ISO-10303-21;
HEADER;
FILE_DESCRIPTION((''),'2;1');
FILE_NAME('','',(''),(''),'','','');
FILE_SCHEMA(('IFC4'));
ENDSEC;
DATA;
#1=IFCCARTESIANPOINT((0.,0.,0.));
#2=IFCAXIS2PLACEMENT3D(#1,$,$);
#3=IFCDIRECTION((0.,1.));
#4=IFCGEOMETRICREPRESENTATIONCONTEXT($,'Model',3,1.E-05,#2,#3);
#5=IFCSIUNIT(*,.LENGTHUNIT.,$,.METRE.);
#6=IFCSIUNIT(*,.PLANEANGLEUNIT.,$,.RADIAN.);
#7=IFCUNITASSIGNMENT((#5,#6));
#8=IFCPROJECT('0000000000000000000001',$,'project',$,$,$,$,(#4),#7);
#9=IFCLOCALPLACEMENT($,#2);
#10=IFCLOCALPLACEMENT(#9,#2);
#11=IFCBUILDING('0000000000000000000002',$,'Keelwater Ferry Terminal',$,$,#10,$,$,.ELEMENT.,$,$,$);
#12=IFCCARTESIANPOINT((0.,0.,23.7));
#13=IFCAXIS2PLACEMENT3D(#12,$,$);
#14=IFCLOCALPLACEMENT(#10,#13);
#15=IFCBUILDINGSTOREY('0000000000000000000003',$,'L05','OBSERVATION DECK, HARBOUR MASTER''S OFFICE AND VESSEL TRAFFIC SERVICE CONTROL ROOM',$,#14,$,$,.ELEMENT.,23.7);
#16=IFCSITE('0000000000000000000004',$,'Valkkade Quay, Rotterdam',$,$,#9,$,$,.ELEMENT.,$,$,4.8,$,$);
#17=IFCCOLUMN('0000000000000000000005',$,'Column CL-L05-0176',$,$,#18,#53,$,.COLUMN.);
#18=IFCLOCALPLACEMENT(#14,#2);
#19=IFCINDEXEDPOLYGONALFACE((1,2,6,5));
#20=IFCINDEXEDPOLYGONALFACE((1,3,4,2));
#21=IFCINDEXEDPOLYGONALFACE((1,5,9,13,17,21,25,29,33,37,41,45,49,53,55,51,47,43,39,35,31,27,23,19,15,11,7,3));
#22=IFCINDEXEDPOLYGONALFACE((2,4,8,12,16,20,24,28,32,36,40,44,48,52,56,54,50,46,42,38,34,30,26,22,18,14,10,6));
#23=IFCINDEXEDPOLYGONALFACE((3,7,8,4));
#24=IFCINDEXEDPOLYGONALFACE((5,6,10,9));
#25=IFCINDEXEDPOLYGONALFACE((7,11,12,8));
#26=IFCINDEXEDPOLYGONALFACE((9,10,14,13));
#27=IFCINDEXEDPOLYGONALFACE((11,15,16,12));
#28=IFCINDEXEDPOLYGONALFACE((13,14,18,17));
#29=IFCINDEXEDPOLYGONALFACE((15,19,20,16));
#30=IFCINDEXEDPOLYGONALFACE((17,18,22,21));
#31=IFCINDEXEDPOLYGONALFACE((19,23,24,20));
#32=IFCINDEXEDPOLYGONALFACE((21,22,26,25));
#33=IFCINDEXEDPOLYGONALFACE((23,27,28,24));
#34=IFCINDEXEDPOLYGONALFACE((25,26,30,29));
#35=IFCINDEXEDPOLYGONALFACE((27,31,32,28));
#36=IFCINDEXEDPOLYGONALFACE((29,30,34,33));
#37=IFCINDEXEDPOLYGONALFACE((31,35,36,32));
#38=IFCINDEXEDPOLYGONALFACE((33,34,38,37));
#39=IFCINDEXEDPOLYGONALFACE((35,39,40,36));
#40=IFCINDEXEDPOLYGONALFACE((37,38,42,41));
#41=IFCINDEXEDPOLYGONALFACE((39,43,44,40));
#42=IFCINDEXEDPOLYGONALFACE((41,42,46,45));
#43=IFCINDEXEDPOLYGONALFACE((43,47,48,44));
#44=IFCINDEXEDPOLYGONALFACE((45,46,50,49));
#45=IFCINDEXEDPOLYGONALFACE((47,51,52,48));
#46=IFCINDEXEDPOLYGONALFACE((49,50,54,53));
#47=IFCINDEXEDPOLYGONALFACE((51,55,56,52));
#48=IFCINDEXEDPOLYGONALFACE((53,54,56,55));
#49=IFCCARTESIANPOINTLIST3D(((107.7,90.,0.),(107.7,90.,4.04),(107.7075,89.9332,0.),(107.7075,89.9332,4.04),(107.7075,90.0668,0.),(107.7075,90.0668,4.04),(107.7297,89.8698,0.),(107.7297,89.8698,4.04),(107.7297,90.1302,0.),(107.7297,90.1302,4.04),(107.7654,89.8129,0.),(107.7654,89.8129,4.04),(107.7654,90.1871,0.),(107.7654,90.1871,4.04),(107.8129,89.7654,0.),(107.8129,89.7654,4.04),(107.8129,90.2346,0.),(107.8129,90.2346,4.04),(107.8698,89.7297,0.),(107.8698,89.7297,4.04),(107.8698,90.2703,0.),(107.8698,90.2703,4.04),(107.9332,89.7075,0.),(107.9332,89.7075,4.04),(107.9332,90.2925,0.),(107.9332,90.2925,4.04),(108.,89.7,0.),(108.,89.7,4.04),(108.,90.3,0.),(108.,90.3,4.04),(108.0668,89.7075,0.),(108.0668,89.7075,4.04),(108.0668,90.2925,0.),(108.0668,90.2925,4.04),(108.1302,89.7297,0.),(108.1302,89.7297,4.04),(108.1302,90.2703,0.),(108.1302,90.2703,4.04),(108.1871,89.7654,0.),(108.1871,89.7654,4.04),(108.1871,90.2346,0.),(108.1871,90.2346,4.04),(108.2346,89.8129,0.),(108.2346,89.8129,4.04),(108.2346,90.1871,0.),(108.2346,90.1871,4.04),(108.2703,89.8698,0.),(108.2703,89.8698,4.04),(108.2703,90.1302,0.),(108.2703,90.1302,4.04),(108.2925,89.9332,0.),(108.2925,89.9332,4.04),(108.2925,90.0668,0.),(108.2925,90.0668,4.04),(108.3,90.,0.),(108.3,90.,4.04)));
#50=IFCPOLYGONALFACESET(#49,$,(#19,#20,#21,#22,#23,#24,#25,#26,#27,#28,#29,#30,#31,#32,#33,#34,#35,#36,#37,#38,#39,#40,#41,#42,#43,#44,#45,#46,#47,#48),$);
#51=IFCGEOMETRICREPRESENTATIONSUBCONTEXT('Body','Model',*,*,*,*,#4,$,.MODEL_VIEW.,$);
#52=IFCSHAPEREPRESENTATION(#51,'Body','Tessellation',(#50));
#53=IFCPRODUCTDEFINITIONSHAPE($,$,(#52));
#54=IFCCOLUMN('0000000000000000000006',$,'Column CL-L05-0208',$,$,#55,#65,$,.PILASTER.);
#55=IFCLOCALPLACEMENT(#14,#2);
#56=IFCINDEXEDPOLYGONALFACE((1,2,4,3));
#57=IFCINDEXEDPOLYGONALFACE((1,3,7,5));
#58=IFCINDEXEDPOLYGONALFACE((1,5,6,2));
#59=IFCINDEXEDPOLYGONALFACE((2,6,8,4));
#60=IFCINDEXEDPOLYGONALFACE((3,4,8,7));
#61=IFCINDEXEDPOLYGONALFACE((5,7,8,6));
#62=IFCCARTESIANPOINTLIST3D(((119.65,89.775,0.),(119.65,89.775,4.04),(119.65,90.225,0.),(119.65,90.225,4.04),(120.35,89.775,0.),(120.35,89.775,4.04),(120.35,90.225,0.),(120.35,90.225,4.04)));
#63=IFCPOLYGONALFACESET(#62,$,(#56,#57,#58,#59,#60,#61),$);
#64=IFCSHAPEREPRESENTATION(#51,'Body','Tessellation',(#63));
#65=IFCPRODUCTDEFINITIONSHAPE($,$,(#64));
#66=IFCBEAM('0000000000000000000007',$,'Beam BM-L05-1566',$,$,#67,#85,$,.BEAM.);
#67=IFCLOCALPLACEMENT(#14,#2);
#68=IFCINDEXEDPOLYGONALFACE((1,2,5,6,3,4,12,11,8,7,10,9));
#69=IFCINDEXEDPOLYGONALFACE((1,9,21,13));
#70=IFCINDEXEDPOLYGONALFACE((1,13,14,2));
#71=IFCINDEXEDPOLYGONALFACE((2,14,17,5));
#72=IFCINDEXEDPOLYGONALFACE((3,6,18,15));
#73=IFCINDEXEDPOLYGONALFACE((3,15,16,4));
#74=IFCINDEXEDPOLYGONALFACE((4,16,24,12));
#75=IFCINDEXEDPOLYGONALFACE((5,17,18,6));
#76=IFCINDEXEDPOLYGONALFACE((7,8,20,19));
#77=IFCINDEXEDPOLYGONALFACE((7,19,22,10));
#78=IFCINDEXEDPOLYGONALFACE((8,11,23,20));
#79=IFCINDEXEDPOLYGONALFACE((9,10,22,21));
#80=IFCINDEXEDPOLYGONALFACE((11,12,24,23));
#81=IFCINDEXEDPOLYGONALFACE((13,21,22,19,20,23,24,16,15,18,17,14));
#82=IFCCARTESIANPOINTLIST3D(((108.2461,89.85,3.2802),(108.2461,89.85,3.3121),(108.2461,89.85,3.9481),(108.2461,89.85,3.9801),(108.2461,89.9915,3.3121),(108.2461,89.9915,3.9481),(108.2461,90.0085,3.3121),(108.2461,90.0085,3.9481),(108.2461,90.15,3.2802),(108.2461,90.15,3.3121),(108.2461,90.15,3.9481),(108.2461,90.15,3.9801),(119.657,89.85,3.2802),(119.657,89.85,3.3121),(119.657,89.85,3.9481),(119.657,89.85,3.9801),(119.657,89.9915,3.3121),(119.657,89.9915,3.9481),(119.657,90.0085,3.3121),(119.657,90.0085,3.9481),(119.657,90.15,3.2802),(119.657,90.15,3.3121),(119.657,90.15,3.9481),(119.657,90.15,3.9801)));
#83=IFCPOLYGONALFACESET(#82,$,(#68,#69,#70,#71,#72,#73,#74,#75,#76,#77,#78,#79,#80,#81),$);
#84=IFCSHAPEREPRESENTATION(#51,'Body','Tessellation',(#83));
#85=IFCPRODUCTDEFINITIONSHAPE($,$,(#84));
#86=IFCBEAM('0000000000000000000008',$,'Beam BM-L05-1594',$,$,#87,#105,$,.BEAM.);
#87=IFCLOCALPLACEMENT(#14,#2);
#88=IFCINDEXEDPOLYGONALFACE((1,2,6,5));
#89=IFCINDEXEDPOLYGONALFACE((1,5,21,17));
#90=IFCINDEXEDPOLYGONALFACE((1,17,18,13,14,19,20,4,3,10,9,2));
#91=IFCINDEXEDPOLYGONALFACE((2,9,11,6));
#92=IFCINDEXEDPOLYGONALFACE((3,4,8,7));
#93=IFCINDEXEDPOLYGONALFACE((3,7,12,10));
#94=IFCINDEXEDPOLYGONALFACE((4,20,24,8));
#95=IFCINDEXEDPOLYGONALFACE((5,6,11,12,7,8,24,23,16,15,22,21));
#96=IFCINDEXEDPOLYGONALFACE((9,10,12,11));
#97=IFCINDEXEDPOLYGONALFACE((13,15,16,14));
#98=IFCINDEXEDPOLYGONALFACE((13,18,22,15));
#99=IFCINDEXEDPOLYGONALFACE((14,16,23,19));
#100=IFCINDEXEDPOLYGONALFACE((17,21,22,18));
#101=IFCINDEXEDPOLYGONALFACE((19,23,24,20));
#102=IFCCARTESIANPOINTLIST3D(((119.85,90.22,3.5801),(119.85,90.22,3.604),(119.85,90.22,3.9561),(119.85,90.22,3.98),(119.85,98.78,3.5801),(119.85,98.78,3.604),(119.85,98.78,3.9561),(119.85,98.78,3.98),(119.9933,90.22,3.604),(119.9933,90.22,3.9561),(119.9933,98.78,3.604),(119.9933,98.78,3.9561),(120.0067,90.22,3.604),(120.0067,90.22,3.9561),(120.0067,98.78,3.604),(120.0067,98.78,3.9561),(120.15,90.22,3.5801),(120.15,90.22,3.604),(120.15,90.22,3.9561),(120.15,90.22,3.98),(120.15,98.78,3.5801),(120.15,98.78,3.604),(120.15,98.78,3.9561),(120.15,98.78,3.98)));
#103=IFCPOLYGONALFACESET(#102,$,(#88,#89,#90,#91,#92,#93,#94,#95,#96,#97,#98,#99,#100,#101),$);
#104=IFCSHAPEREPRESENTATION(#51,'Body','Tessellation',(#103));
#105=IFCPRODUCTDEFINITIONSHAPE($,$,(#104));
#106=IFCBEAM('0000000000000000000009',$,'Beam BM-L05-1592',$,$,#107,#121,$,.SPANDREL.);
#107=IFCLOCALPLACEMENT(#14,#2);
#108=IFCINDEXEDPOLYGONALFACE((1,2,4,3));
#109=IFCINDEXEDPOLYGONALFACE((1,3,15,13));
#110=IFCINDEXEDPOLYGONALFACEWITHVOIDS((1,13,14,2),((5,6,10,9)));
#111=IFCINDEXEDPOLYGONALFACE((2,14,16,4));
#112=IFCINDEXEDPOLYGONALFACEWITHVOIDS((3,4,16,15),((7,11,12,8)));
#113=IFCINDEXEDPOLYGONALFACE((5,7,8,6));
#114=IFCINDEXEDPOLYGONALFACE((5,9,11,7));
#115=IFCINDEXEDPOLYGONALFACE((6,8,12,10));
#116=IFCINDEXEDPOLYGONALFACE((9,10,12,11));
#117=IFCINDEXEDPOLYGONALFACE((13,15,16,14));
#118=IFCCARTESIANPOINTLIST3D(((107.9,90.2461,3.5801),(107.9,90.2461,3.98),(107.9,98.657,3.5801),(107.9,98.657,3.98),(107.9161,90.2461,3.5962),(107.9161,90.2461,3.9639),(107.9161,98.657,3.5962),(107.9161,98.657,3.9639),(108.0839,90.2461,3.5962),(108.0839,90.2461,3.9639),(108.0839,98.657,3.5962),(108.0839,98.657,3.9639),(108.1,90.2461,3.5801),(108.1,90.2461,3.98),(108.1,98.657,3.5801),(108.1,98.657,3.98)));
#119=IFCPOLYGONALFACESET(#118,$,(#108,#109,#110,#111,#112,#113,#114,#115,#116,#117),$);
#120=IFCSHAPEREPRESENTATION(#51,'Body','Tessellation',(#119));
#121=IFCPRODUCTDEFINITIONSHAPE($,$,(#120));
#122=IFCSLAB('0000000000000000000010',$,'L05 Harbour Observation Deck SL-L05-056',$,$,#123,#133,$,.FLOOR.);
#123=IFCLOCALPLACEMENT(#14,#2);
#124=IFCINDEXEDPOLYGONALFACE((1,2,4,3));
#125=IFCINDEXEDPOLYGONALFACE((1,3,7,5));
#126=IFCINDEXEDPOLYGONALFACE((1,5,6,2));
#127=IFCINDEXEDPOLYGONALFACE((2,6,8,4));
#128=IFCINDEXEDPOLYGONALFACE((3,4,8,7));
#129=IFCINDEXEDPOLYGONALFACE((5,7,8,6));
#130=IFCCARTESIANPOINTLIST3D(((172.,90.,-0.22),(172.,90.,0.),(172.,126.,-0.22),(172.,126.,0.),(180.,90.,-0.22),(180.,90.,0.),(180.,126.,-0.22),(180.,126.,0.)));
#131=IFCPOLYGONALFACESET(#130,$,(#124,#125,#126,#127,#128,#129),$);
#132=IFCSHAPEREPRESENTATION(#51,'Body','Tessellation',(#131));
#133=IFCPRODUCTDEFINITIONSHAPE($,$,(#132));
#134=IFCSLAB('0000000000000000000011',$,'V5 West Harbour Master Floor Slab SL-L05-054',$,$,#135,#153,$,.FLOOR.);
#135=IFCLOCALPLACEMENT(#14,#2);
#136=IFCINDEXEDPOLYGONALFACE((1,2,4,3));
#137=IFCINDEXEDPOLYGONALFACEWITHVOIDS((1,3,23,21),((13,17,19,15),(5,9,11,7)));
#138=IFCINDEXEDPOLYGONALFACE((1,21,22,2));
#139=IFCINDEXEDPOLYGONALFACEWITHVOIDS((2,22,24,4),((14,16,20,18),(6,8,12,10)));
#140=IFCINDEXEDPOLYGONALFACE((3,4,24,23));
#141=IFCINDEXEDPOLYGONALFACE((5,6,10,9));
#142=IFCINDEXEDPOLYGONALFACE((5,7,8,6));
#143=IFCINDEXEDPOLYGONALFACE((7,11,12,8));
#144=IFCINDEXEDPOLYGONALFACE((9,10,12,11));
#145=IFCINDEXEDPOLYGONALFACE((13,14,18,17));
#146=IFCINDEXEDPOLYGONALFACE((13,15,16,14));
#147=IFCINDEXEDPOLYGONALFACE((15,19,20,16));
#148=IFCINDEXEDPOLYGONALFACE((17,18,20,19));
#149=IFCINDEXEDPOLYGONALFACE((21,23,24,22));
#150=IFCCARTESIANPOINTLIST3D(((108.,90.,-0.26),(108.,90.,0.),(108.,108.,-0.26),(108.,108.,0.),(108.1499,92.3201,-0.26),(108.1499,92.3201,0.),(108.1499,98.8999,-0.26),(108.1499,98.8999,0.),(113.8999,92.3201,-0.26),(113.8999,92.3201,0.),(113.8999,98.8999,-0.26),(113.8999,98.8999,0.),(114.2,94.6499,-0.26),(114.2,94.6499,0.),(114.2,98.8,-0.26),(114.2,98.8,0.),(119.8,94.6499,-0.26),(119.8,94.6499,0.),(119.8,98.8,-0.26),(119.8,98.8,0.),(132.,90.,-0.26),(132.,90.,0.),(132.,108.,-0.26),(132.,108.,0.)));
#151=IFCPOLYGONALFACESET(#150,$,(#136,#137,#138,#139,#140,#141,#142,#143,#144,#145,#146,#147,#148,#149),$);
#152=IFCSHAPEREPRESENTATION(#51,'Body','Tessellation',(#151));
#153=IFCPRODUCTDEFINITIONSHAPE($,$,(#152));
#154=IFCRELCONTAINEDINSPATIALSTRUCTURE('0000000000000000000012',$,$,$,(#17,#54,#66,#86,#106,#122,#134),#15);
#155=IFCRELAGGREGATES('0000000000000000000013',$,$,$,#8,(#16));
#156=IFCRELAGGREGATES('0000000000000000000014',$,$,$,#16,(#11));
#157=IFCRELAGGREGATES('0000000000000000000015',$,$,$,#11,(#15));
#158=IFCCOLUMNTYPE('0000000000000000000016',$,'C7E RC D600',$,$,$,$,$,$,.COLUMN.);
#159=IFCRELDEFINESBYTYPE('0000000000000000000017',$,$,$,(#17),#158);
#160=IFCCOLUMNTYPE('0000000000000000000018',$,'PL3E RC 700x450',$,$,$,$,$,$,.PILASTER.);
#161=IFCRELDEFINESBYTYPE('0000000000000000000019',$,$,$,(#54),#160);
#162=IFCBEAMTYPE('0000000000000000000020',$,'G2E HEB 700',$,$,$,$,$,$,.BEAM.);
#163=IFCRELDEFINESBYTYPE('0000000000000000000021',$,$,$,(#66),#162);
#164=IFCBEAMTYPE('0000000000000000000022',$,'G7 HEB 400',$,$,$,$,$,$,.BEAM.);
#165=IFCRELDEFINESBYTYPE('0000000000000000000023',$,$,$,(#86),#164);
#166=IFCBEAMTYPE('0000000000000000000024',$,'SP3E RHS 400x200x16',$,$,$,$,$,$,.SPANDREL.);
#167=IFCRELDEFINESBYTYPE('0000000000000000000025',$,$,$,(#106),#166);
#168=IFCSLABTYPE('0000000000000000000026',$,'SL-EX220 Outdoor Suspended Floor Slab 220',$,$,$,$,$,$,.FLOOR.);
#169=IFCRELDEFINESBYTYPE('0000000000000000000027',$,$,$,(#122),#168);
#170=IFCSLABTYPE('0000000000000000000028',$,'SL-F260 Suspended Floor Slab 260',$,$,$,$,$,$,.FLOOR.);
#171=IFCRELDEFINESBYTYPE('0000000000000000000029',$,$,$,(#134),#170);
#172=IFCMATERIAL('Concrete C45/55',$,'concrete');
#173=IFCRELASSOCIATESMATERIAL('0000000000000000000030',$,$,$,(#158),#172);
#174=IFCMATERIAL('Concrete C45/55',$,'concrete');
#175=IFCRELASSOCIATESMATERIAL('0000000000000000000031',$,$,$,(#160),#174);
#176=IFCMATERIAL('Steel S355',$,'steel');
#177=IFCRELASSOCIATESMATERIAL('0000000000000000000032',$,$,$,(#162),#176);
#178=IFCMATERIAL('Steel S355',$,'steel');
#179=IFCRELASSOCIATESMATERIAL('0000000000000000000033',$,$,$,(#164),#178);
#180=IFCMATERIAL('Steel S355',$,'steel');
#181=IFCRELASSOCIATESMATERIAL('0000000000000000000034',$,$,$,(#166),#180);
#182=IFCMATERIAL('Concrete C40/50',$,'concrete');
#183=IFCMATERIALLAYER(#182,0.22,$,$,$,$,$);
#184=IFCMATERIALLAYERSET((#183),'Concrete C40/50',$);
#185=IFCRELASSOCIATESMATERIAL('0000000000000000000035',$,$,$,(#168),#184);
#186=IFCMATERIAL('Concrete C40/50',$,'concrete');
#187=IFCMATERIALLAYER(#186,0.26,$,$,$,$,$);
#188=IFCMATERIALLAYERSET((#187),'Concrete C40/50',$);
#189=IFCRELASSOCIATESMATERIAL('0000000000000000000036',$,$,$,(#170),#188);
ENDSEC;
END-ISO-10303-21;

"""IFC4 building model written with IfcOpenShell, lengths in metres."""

from ifc_helpers import new_model, si_unit, direction, frame, origin, origin_2d, place, context, subcontext, project, spatial, polyline, rectangle, hollow_rectangle, circle, i_section, outline, extrude, material, layer, layer_set, material_profile, profile_set, type_object, element, save


model = new_model("IFC4")

# Units and contexts
model_context = context("Model", 3, precision=1e-05, world=origin(), true_north=direction((0.0, 1.0)))
body_context = subcontext(model_context, "Body", "Model", "MODEL_VIEW")
ifc_project = project(units=[si_unit("LENGTHUNIT", "METRE"), si_unit("PLANEANGLEUNIT", "RADIAN")], contexts=[model_context])

# Site, building, storey
site_placement = place(None, origin())
site = spatial("IfcSite", under=ifc_project, at=site_placement, Name="Valkkade Quay, Rotterdam", CompositionType="ELEMENT", RefElevation=4.8)
building_placement = place(site_placement, origin())
building = spatial("IfcBuilding", under=site, at=building_placement, Name="Keelwater Ferry Terminal", CompositionType="ELEMENT")
storey_placement = place(building_placement, frame((0.0, 0.0, 23.7)))
storey = spatial("IfcBuildingStorey", under=building, at=storey_placement, Name="L05", Description="OBSERVATION DECK, HARBOUR MASTER'S OFFICE AND VESSEL TRAFFIC SERVICE CONTROL ROOM", CompositionType="ELEMENT", Elevation=23.7)

# Columns
ifc_material_1 = material(Name="Concrete C45/55", Category="concrete")
ifc_material_profile_1 = material_profile(ifc_material_1, circle(Radius=0.3, at=origin_2d()), Name="RC D600")
ifc_profile_set_1 = profile_set([ifc_material_profile_1], Name="Concrete C45/55")
column_type_1 = type_object("IfcColumnType", Name="C7E RC D600", PredefinedType="COLUMN", material=ifc_profile_set_1)
column_1_placement = place(storey_placement, frame((108.0, 90.0, 0.0), z_axis=(0.0, 0.0, 1.0), x_axis=(1.0, 0.0, 0.0)))
element("IfcColumn", 1, at=column_1_placement, inside=storey, type_object=column_type_1, Name="Column CL-L05-0176", PredefinedType="COLUMN", context=body_context, shape_type="SweptSolid", body=[
    extrude(circle(Radius=0.3, at=origin_2d()), origin(), (0.0, 0.0, 1.0), 4.04),
])
ifc_material_2 = material(Name="Concrete C45/55", Category="concrete")
ifc_material_profile_2 = material_profile(ifc_material_2, rectangle(XDim=0.45, YDim=0.7, at=origin_2d()), Name="RC 700x450")
ifc_profile_set_2 = profile_set([ifc_material_profile_2], Name="Concrete C45/55")
column_type_2 = type_object("IfcColumnType", Name="PL3E RC 700x450", PredefinedType="PILASTER", material=ifc_profile_set_2)
column_2_placement = place(storey_placement, frame((120.0, 90.0, 0.0), z_axis=(0.0, 0.0, 1.0), x_axis=(0.0, 1.0, 0.0)))
element("IfcColumn", 2, at=column_2_placement, inside=storey, type_object=column_type_2, Name="Column CL-L05-0208", PredefinedType="PILASTER", context=body_context, shape_type="SweptSolid", body=[
    extrude(rectangle(XDim=0.45, YDim=0.7, at=origin_2d()), origin(), (0.0, 0.0, 1.0), 4.04),
])

# Beams
ifc_material_3 = material(Name="Steel S355", Category="steel")
ifc_material_profile_3 = material_profile(ifc_material_3, i_section(OverallWidth=0.3, OverallDepth=0.7, WebThickness=0.0171, FlangeThickness=0.032, at=origin_2d()), Name="HEB 700")
ifc_profile_set_3 = profile_set([ifc_material_profile_3], Name="Steel S355")
beam_type_1 = type_object("IfcBeamType", Name="G2E HEB 700", PredefinedType="BEAM", material=ifc_profile_set_3)
beam_1_placement = place(storey_placement, frame((108.2461, 90.0, 3.6301), z_axis=(1.0, 0.0, 0.0), x_axis=(0.0, 1.0, 0.0)))
element("IfcBeam", 3, at=beam_1_placement, inside=storey, type_object=beam_type_1, Name="Beam BM-L05-1566", PredefinedType="BEAM", context=body_context, shape_type="SweptSolid", body=[
    extrude(i_section(OverallWidth=0.3, OverallDepth=0.7, WebThickness=0.0171, FlangeThickness=0.032, at=origin_2d()), origin(), (0.0, 0.0, 1.0), 11.4109),
])
ifc_material_4 = material(Name="Steel S355", Category="steel")
ifc_material_profile_4 = material_profile(ifc_material_4, i_section(OverallWidth=0.3, OverallDepth=0.3999, WebThickness=0.0134, FlangeThickness=0.0239, at=origin_2d()), Name="HEB 400")
ifc_profile_set_4 = profile_set([ifc_material_profile_4], Name="Steel S355")
beam_type_2 = type_object("IfcBeamType", Name="G7 HEB 400", PredefinedType="BEAM", material=ifc_profile_set_4)
beam_2_placement = place(storey_placement, frame((120.0, 90.22, 3.78), z_axis=(0.0, 1.0, 0.0), x_axis=(-1.0, 0.0, 0.0)))
element("IfcBeam", 4, at=beam_2_placement, inside=storey, type_object=beam_type_2, Name="Beam BM-L05-1594", PredefinedType="BEAM", context=body_context, shape_type="SweptSolid", body=[
    extrude(i_section(OverallWidth=0.3, OverallDepth=0.3999, WebThickness=0.0134, FlangeThickness=0.0239, at=origin_2d()), origin(), (0.0, 0.0, 1.0), 8.5601),
])
ifc_material_5 = material(Name="Steel S355", Category="steel")
ifc_material_profile_5 = material_profile(ifc_material_5, hollow_rectangle(XDim=0.2, YDim=0.3999, WallThickness=0.0161, at=origin_2d()), Name="RHS 400x200x16")
ifc_profile_set_5 = profile_set([ifc_material_profile_5], Name="Steel S355")
beam_type_3 = type_object("IfcBeamType", Name="SP3E RHS 400x200x16", PredefinedType="SPANDREL", material=ifc_profile_set_5)
beam_3_placement = place(storey_placement, frame((108.0, 90.2461, 3.78), z_axis=(0.0, 1.0, 0.0), x_axis=(-1.0, 0.0, 0.0)))
element("IfcBeam", 5, at=beam_3_placement, inside=storey, type_object=beam_type_3, Name="Beam BM-L05-1592", PredefinedType="SPANDREL", context=body_context, shape_type="SweptSolid", body=[
    extrude(hollow_rectangle(XDim=0.2, YDim=0.3999, WallThickness=0.0161, at=origin_2d()), origin(), (0.0, 0.0, 1.0), 8.4109),
])

# Slabs
ifc_material_6 = material(Name="Concrete C40/50", Category="concrete")
ifc_layer_1 = layer(ifc_material_6, 0.22)
ifc_layer_set_1 = layer_set([ifc_layer_1], Name="Concrete C40/50")
slab_type_1 = type_object("IfcSlabType", Name="SL-EX220 Outdoor Suspended Floor Slab 220", PredefinedType="FLOOR", material=ifc_layer_set_1)
slab_1_placement = place(storey_placement, frame((0.0, 0.0, -0.22)))
element("IfcSlab", 6, at=slab_1_placement, inside=storey, type_object=slab_type_1, Name="L05 Harbour Observation Deck SL-L05-056", PredefinedType="FLOOR", context=body_context, shape_type="SweptSolid", body=[
    extrude(outline(polyline([(172.0, 90.0), (180.0, 90.0), (180.0, 126.0), (172.0, 126.0), (172.0, 90.0)])), origin(), (0.0, 0.0, 1.0), 0.22),
])
ifc_material_7 = material(Name="Concrete C40/50", Category="concrete")
ifc_layer_2 = layer(ifc_material_7, 0.26)
ifc_layer_set_2 = layer_set([ifc_layer_2], Name="Concrete C40/50")
slab_type_2 = type_object("IfcSlabType", Name="SL-F260 Suspended Floor Slab 260", PredefinedType="FLOOR", material=ifc_layer_set_2)
slab_2_placement = place(storey_placement, frame((0.0, 0.0, -0.26)))
element("IfcSlab", 7, at=slab_2_placement, inside=storey, type_object=slab_type_2, Name="V5 West Harbour Master Floor Slab SL-L05-054", PredefinedType="FLOOR", context=body_context, shape_type="SweptSolid", body=[
    extrude(outline(polyline([(108.0, 90.0), (132.0, 90.0), (132.0, 108.0), (108.0, 108.0), (108.0, 90.0)]), holes=[polyline([(108.1499, 92.3201), (113.8999, 92.3201), (113.8999, 98.8999), (108.1499, 98.8999), (108.1499, 92.3201)]), polyline([(114.2, 94.6499), (119.8, 94.6499), (119.8, 98.8), (114.2, 98.8), (114.2, 94.6499)])]), origin(), (0.0, 0.0, 1.0), 0.26),
])

save(model, "model.ifc")
